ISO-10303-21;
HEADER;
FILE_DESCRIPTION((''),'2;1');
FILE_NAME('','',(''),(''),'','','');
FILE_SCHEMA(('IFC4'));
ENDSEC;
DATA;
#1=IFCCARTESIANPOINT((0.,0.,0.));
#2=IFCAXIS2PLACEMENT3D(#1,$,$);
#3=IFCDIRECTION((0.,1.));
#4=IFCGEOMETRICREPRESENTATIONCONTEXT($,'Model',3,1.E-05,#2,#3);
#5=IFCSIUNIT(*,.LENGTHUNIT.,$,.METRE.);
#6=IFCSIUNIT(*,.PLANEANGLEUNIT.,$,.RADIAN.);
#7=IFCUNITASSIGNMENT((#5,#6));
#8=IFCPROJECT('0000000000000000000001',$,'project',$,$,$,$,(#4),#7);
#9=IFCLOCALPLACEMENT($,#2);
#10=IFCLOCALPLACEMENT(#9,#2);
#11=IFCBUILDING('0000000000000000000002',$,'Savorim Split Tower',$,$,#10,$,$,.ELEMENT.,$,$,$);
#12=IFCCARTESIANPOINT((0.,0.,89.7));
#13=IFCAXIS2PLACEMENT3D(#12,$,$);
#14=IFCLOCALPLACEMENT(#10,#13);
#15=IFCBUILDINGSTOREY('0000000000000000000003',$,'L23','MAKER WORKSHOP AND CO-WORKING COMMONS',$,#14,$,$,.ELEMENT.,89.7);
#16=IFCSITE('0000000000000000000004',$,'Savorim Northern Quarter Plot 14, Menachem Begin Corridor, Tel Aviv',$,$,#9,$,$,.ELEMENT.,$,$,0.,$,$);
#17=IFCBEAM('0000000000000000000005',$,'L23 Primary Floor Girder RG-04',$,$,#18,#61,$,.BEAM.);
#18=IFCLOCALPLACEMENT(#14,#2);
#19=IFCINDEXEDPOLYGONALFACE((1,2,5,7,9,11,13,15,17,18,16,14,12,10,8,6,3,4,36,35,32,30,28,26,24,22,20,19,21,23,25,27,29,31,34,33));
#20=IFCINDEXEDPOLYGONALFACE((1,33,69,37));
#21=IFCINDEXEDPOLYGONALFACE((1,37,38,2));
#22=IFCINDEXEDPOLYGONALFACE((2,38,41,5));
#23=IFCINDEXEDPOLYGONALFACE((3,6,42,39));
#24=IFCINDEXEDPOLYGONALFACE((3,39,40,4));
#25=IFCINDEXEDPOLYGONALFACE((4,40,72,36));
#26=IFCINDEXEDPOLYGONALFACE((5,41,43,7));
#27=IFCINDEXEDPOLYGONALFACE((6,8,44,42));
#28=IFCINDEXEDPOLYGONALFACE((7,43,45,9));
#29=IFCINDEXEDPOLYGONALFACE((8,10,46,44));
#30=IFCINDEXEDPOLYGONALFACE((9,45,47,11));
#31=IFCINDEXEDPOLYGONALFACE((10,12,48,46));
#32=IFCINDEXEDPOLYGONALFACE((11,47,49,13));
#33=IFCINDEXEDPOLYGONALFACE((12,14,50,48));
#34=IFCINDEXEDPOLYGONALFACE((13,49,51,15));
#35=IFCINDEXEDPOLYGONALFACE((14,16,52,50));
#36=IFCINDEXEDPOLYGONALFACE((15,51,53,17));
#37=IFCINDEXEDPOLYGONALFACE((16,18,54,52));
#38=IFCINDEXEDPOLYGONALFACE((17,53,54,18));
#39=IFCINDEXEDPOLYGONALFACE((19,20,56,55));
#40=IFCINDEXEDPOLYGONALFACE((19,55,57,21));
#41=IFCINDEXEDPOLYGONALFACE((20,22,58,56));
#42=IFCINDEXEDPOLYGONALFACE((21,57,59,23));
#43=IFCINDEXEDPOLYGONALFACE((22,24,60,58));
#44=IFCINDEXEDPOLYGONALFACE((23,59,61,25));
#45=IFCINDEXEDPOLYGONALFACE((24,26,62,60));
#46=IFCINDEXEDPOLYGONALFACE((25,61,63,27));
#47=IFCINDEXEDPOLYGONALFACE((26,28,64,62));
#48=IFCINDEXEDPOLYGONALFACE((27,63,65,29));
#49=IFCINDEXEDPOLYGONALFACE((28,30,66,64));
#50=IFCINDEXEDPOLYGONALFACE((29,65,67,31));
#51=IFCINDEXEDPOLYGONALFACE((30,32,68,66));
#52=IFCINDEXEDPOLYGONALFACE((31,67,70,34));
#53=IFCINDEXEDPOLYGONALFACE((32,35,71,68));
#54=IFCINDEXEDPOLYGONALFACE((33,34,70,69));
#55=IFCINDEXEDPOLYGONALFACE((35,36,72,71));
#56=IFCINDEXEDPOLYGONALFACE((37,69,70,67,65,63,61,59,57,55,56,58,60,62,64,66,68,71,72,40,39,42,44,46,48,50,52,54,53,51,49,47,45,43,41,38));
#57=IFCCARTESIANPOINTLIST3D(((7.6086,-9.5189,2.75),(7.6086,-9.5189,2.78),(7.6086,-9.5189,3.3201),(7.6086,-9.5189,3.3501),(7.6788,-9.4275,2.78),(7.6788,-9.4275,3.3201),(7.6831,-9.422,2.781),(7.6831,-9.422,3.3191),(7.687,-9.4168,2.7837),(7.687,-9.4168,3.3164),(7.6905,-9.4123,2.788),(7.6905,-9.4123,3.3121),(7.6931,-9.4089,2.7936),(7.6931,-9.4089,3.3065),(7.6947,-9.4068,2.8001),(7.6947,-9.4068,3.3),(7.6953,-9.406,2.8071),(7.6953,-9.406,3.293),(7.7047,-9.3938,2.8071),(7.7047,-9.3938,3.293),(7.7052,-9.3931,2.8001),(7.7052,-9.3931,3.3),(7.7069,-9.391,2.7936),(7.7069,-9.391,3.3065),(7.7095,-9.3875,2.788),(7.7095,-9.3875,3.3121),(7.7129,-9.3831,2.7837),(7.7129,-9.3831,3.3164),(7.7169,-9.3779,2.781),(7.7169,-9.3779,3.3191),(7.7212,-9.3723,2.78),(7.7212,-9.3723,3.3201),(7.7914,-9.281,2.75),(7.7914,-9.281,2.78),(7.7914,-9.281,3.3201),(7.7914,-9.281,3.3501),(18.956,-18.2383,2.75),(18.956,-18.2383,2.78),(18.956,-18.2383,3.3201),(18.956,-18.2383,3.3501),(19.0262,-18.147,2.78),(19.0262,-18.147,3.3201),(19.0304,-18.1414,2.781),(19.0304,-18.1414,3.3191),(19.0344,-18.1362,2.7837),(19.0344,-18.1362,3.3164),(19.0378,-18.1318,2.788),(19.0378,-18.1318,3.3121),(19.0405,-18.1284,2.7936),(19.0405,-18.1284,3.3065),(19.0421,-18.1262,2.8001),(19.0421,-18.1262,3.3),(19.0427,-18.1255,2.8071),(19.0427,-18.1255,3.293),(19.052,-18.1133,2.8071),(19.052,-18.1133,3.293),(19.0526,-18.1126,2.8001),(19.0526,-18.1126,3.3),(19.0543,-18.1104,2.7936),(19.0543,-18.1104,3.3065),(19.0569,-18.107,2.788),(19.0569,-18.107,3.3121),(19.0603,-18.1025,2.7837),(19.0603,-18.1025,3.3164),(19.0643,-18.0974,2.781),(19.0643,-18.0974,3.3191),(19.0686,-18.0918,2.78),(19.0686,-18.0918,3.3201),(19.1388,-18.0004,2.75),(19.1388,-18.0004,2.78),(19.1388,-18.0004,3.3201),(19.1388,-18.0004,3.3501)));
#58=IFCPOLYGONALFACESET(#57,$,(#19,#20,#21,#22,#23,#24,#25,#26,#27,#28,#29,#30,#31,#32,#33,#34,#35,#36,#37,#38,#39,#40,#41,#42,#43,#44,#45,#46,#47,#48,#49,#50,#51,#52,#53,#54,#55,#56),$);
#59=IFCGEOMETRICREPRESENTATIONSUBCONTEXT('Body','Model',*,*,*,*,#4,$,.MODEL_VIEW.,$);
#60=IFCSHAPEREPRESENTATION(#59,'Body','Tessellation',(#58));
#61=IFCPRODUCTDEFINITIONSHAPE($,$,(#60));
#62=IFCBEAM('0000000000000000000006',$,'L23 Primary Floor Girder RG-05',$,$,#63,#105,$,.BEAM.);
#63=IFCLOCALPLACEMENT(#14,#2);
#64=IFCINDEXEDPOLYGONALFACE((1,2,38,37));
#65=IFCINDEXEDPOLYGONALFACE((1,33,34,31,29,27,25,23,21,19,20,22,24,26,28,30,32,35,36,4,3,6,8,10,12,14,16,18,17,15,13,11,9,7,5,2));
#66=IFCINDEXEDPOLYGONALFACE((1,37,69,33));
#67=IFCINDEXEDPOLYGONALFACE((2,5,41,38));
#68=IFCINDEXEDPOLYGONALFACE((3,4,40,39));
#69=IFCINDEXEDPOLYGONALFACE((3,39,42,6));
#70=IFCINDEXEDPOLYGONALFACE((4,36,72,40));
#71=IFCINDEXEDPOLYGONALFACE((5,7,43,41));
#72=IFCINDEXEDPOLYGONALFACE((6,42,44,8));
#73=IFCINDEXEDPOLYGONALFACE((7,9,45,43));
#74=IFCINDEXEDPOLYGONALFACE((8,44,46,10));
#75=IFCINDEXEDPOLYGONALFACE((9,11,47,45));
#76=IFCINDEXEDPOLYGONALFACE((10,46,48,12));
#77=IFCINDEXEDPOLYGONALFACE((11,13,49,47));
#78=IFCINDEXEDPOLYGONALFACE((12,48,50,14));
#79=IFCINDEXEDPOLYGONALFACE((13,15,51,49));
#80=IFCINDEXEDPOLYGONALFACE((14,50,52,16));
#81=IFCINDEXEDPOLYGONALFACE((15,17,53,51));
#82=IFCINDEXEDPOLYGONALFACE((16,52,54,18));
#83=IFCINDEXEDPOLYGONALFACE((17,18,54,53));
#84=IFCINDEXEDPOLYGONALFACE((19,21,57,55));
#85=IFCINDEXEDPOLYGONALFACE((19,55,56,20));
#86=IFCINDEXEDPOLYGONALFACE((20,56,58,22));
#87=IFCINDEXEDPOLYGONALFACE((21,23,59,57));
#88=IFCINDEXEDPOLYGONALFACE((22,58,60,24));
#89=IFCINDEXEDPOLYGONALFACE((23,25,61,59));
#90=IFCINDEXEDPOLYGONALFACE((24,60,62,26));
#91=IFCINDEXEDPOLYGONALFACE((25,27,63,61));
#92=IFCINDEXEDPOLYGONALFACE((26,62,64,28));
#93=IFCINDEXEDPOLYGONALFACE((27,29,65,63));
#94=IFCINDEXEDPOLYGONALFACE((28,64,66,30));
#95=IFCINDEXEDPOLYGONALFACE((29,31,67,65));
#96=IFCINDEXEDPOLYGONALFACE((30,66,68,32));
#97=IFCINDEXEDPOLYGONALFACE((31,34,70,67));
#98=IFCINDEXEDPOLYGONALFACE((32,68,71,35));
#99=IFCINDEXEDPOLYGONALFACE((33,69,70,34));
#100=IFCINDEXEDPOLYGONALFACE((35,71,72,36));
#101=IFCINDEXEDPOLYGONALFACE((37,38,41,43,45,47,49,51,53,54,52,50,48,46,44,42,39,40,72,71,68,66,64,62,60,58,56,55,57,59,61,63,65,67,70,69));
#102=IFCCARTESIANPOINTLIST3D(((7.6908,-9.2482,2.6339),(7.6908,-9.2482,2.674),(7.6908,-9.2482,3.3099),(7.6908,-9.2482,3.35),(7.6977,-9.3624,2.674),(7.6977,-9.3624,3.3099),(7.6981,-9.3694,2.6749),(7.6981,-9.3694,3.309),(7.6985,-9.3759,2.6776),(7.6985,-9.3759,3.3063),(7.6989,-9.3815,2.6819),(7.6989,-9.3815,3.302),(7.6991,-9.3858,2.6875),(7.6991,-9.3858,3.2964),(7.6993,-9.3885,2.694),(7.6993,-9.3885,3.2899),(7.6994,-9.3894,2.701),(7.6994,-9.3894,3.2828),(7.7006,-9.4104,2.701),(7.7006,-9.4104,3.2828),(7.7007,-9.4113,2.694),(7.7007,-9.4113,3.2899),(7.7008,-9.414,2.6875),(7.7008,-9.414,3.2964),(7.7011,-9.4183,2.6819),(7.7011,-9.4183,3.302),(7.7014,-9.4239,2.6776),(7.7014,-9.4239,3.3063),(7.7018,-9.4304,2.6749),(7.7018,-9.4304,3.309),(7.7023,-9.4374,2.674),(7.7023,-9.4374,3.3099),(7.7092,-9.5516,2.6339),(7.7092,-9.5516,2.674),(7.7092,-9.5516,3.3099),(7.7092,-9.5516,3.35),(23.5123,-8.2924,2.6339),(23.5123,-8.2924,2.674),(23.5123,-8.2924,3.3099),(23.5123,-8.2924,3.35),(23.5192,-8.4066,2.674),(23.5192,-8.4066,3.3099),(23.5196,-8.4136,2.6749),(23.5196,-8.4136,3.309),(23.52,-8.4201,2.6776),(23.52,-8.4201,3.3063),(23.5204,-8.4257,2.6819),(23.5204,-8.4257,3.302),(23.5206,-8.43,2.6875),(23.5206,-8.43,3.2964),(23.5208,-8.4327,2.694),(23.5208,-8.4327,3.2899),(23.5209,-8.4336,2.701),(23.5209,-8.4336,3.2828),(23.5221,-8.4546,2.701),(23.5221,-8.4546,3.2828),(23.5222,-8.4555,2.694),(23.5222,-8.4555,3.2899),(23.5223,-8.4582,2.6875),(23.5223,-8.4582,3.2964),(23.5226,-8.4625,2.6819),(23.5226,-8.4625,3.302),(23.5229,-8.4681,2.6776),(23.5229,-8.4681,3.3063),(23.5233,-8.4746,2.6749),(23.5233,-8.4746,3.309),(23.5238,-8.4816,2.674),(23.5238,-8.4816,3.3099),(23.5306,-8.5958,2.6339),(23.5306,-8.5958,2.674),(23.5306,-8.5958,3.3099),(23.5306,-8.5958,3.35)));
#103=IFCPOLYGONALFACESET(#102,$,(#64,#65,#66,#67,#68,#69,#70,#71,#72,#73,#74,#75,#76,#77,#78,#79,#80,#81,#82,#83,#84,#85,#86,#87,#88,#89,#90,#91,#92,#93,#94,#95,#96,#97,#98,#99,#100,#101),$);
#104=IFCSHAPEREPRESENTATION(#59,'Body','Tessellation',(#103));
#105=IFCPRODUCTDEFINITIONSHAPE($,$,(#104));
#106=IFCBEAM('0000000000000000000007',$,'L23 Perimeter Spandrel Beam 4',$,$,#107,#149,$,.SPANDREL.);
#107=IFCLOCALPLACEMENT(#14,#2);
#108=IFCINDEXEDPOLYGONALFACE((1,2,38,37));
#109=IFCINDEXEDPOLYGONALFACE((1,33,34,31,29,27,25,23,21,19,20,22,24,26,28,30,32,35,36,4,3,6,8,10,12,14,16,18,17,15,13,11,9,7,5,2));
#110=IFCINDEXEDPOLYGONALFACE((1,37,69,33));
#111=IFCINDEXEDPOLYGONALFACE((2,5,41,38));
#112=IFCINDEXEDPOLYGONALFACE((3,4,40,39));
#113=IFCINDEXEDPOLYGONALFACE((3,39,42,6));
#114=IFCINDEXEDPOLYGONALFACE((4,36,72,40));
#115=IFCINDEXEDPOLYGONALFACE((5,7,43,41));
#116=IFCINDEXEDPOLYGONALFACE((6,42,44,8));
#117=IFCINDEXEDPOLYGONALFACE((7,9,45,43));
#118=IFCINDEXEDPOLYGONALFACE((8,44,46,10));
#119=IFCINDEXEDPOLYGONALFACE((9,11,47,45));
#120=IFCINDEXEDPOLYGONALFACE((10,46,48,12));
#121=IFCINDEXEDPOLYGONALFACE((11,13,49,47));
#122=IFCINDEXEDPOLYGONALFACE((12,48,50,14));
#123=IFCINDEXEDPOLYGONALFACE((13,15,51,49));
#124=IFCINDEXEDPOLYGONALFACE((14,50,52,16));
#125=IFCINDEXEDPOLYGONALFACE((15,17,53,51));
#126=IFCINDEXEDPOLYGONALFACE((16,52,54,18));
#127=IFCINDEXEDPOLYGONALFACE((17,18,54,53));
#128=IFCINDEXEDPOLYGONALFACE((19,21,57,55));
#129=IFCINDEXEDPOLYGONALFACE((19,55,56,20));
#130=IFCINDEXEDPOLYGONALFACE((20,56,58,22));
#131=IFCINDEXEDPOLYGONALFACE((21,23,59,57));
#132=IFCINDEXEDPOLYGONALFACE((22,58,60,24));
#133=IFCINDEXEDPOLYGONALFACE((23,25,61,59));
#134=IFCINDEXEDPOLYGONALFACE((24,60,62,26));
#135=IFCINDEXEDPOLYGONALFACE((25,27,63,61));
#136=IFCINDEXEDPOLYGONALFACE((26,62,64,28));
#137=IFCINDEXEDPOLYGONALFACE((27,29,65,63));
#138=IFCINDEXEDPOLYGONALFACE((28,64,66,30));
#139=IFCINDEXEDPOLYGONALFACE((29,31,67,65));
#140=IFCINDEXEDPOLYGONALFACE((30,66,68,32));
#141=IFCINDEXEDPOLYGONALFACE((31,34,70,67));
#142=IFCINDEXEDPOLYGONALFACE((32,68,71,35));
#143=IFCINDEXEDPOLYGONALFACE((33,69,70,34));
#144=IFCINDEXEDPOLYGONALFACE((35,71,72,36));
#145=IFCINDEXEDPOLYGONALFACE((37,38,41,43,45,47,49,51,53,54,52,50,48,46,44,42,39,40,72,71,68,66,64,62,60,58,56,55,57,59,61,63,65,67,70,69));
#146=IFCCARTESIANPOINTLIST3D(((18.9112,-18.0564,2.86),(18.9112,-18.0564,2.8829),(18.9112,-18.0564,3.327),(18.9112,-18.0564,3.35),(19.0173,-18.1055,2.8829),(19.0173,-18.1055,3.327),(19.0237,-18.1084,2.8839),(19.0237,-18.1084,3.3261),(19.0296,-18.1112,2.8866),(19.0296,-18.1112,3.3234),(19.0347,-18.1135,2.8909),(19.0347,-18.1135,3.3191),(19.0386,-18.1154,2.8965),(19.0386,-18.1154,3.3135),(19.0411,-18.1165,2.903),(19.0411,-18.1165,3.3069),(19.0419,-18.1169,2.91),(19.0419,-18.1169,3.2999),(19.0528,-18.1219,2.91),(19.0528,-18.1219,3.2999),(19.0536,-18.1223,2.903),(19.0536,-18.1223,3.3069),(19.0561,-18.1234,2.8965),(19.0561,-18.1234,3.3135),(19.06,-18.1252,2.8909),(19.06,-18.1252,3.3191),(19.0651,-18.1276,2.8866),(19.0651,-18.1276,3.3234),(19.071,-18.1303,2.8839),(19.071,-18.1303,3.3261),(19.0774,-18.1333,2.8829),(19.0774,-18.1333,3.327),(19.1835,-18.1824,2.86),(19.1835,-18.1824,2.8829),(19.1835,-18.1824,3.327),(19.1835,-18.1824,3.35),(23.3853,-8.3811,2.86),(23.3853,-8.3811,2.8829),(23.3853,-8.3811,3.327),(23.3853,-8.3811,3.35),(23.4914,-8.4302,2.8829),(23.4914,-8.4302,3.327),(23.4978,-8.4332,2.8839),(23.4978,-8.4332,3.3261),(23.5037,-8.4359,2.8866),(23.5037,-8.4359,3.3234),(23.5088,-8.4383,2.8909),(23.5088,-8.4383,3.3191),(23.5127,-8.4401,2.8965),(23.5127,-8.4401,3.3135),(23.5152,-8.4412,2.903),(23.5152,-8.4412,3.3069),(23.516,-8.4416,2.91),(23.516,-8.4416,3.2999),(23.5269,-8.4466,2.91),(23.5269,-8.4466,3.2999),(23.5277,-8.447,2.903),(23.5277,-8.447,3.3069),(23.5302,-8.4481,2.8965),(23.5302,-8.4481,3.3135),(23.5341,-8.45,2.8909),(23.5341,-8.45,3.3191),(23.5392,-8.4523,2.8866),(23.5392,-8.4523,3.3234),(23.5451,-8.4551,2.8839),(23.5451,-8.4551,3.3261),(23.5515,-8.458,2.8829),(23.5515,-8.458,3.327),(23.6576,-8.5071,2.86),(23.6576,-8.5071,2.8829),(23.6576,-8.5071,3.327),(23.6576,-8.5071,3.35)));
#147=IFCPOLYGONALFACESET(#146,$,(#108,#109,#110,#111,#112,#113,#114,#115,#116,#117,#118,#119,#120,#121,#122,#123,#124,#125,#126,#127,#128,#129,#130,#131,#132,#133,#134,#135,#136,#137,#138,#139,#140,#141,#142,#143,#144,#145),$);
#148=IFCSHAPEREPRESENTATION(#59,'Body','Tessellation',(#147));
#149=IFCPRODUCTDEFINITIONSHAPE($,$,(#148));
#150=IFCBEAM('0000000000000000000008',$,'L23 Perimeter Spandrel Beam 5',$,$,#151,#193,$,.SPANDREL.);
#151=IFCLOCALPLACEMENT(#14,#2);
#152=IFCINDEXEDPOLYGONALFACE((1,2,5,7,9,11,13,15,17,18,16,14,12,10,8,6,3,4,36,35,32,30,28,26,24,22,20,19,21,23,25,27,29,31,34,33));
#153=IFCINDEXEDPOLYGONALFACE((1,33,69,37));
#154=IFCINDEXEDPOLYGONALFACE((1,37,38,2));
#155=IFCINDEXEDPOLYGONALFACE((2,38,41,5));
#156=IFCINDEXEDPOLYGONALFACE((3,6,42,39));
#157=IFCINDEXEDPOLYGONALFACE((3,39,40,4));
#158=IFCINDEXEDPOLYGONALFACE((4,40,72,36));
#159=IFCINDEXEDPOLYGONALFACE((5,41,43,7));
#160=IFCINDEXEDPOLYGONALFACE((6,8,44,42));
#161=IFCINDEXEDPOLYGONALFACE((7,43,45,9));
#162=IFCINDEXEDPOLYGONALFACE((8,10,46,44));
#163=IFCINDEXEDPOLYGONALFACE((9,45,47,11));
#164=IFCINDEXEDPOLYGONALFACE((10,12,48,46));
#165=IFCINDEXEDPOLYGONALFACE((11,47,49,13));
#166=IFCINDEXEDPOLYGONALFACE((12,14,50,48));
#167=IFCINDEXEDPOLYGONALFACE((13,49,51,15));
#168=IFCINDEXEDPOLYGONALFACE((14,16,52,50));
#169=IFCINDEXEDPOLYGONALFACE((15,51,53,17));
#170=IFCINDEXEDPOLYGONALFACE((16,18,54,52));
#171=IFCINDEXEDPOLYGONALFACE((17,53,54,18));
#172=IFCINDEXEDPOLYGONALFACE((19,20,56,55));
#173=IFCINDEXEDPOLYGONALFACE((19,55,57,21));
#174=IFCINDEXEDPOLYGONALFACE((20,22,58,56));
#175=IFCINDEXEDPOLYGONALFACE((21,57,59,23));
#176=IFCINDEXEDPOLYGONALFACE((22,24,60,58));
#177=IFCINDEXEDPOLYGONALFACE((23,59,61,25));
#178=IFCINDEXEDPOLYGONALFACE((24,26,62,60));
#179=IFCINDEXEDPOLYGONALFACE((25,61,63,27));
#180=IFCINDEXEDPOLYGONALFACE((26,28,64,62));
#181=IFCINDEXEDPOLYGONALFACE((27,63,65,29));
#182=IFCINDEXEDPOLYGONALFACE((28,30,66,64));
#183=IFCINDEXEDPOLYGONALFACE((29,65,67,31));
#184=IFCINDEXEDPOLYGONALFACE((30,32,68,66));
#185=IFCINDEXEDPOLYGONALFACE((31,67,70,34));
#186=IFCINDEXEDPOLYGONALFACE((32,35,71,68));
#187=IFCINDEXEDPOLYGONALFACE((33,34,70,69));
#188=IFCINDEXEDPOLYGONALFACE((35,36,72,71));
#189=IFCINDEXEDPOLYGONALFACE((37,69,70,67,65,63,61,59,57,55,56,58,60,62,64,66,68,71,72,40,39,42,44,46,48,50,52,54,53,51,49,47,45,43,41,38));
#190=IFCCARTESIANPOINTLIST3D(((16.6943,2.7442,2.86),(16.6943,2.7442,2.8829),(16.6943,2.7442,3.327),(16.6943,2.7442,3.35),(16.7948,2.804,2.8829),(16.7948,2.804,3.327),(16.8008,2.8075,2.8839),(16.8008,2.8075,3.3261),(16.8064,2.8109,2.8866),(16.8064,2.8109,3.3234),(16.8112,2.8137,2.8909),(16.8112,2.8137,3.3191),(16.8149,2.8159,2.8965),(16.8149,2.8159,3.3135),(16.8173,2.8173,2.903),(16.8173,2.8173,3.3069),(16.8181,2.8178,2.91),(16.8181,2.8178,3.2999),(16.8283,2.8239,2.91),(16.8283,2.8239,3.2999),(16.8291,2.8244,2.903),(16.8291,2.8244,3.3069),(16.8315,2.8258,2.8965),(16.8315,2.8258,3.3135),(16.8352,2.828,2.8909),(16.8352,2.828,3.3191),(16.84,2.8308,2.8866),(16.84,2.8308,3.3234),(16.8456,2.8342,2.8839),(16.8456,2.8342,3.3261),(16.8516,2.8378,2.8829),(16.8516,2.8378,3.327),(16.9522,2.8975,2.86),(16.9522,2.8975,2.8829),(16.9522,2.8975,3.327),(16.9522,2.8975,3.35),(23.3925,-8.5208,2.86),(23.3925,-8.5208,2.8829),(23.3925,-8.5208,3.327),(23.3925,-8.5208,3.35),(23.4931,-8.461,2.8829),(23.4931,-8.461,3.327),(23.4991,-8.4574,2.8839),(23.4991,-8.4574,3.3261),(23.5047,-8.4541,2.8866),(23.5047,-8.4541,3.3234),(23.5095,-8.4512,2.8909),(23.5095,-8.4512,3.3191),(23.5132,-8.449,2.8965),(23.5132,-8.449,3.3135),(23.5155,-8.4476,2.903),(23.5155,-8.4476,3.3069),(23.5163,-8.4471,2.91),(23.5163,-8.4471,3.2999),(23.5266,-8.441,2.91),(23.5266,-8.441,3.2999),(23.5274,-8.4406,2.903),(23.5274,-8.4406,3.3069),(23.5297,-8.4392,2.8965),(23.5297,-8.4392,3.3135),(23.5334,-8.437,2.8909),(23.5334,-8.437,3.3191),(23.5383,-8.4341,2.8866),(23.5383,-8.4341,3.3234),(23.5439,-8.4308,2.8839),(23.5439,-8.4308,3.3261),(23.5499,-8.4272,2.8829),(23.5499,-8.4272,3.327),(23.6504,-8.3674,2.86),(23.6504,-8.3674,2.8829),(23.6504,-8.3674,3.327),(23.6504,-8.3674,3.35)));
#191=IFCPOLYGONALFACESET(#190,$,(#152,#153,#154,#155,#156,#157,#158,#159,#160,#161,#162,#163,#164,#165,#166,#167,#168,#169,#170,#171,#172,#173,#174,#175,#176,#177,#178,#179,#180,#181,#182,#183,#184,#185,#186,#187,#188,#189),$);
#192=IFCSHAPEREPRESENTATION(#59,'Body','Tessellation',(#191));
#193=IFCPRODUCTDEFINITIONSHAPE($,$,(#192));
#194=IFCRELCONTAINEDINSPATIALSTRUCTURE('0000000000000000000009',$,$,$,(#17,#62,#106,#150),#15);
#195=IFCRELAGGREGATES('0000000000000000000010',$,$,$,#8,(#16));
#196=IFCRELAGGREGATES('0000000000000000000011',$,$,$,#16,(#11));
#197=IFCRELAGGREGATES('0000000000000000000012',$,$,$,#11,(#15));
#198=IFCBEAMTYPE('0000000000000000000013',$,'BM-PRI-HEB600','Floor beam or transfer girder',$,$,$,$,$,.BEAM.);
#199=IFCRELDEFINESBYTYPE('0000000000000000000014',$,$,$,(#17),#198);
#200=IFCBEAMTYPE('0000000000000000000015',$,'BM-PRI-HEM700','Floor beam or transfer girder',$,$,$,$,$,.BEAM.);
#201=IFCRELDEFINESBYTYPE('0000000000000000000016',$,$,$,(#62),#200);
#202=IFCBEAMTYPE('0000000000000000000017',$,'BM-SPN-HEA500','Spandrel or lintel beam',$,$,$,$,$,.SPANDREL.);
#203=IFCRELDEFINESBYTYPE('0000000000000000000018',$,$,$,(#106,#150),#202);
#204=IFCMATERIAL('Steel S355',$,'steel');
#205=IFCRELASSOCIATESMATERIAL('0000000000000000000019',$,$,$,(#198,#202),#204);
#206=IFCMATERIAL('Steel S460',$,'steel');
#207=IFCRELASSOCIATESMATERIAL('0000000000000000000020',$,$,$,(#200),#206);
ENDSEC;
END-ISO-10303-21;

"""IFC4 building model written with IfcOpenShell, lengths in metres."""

from ifc_helpers import new_model, si_unit, direction, frame, origin, origin_2d, place, context, subcontext, project, spatial, i_section, extrude, material, material_profile, profile_set, type_object, element, save


model = new_model("IFC4")

# Units and contexts
model_context = context("Model", 3, precision=1e-05, world=origin(), true_north=direction((0.0, 1.0)))
body_context = subcontext(model_context, "Body", "Model", "MODEL_VIEW")
ifc_project = project(units=[si_unit("LENGTHUNIT", "METRE"), si_unit("PLANEANGLEUNIT", "RADIAN")], contexts=[model_context])

# Site, building, storey
site_placement = place(None, origin())
site = spatial("IfcSite", under=ifc_project, at=site_placement, Name="Savorim Northern Quarter Plot 14, Menachem Begin Corridor, Tel Aviv", CompositionType="ELEMENT", RefElevation=0.0)
building_placement = place(site_placement, origin())
building = spatial("IfcBuilding", under=site, at=building_placement, Name="Savorim Split Tower", CompositionType="ELEMENT")
storey_placement = place(building_placement, frame((0.0, 0.0, 89.7)))
storey = spatial("IfcBuildingStorey", under=building, at=storey_placement, Name="L23", Description="MAKER WORKSHOP AND CO-WORKING COMMONS", CompositionType="ELEMENT", Elevation=89.7)

# Shared definitions
ifc_material_1 = material(Name="Steel S460", Category="steel")

# Beams
ifc_material_2 = material(Name="Steel S355", Category="steel")
ifc_material_profile_1 = material_profile(ifc_material_2, i_section(OverallWidth=0.3, OverallDepth=0.6001, WebThickness=0.0154, FlangeThickness=0.03, FilletRadius=0.0271, at=origin_2d()), Name="HEB 600")
ifc_profile_set_1 = profile_set([ifc_material_profile_1], Name="Steel S355")
beam_type_1 = type_object("IfcBeamType", Name="BM-PRI-HEB600", Description="Floor beam or transfer girder", PredefinedType="BEAM", material=ifc_profile_set_1)
beam_1_placement = place(storey_placement, frame((19.0474, -18.1194, 3.05), z_axis=(-0.792938, 0.609303, 0.0), x_axis=(-0.609303, -0.792938, 0.0)))
element("IfcBeam", 1, at=beam_1_placement, inside=storey, type_object=beam_type_1, Name="L23 Primary Floor Girder RG-04", PredefinedType="BEAM", context=body_context, shape_type="SweptSolid", body=[
    extrude(i_section(OverallWidth=0.3, OverallDepth=0.6001, WebThickness=0.0154, FlangeThickness=0.03, FilletRadius=0.0271, at=origin_2d()), origin(), (0.0, 0.0, 1.0), 14.3105),
])
ifc_material_profile_2 = material_profile(ifc_material_1, i_section(OverallWidth=0.304, OverallDepth=0.7161, WebThickness=0.021, FlangeThickness=0.04, FilletRadius=0.0271, at=origin_2d()), Name="HE 700 M")
ifc_profile_set_2 = profile_set([ifc_material_profile_2], Name="Steel S460")
beam_type_2 = type_object("IfcBeamType", Name="BM-PRI-HEM700", Description="Floor beam or transfer girder", PredefinedType="BEAM", material=ifc_profile_set_2)
beam_2_placement = place(storey_placement, frame((23.5215, -8.4441, 2.9919), z_axis=(-0.99818, -0.060302, 0.0), x_axis=(0.060302, -0.99818, 0.0)))
element("IfcBeam", 2, at=beam_2_placement, inside=storey, type_object=beam_type_2, Name="L23 Primary Floor Girder RG-05", PredefinedType="BEAM", context=body_context, shape_type="SweptSolid", body=[
    extrude(i_section(OverallWidth=0.304, OverallDepth=0.7161, WebThickness=0.021, FlangeThickness=0.04, FilletRadius=0.0271, at=origin_2d()), origin(), (0.0, 0.0, 1.0), 15.8503),
])
ifc_material_profile_3 = material_profile(ifc_material_2, i_section(OverallWidth=0.3, OverallDepth=0.49, WebThickness=0.012, FlangeThickness=0.0229, FilletRadius=0.0271, at=origin_2d()), Name="HEA 500")
ifc_profile_set_3 = profile_set([ifc_material_profile_3], Name="Steel S355")
beam_type_3 = type_object("IfcBeamType", Name="BM-SPN-HEA500", Description="Spandrel or lintel beam", PredefinedType="SPANDREL", material=ifc_profile_set_3)
beam_3_placement = place(storey_placement, frame((19.0474, -18.1194, 3.105), z_axis=(0.419723, 0.907652, 0.0), x_axis=(-0.907652, 0.419723, 0.0)))
element("IfcBeam", 3, at=beam_3_placement, inside=storey, type_object=beam_type_3, Name="L23 Perimeter Spandrel Beam 4", PredefinedType="SPANDREL", context=body_context, shape_type="SweptSolid", body=[
    extrude(i_section(OverallWidth=0.3, OverallDepth=0.49, WebThickness=0.012, FlangeThickness=0.0229, FilletRadius=0.0271, at=origin_2d()), origin(), (0.0, 0.0, 1.0), 10.6597),
])
beam_4_placement = place(storey_placement, frame((23.5215, -8.4441, 3.105), z_axis=(-0.511087, 0.859529, 0.0), x_axis=(-0.859529, -0.511087, 0.0)))
element("IfcBeam", 4, at=beam_4_placement, inside=storey, type_object=beam_type_3, Name="L23 Perimeter Spandrel Beam 5", PredefinedType="SPANDREL", context=body_context, shape_type="SweptSolid", body=[
    extrude(i_section(OverallWidth=0.3, OverallDepth=0.49, WebThickness=0.012, FlangeThickness=0.0229, FilletRadius=0.0271, at=origin_2d()), origin(), (0.0, 0.0, 1.0), 13.106),
])

save(model, "model.ifc")
